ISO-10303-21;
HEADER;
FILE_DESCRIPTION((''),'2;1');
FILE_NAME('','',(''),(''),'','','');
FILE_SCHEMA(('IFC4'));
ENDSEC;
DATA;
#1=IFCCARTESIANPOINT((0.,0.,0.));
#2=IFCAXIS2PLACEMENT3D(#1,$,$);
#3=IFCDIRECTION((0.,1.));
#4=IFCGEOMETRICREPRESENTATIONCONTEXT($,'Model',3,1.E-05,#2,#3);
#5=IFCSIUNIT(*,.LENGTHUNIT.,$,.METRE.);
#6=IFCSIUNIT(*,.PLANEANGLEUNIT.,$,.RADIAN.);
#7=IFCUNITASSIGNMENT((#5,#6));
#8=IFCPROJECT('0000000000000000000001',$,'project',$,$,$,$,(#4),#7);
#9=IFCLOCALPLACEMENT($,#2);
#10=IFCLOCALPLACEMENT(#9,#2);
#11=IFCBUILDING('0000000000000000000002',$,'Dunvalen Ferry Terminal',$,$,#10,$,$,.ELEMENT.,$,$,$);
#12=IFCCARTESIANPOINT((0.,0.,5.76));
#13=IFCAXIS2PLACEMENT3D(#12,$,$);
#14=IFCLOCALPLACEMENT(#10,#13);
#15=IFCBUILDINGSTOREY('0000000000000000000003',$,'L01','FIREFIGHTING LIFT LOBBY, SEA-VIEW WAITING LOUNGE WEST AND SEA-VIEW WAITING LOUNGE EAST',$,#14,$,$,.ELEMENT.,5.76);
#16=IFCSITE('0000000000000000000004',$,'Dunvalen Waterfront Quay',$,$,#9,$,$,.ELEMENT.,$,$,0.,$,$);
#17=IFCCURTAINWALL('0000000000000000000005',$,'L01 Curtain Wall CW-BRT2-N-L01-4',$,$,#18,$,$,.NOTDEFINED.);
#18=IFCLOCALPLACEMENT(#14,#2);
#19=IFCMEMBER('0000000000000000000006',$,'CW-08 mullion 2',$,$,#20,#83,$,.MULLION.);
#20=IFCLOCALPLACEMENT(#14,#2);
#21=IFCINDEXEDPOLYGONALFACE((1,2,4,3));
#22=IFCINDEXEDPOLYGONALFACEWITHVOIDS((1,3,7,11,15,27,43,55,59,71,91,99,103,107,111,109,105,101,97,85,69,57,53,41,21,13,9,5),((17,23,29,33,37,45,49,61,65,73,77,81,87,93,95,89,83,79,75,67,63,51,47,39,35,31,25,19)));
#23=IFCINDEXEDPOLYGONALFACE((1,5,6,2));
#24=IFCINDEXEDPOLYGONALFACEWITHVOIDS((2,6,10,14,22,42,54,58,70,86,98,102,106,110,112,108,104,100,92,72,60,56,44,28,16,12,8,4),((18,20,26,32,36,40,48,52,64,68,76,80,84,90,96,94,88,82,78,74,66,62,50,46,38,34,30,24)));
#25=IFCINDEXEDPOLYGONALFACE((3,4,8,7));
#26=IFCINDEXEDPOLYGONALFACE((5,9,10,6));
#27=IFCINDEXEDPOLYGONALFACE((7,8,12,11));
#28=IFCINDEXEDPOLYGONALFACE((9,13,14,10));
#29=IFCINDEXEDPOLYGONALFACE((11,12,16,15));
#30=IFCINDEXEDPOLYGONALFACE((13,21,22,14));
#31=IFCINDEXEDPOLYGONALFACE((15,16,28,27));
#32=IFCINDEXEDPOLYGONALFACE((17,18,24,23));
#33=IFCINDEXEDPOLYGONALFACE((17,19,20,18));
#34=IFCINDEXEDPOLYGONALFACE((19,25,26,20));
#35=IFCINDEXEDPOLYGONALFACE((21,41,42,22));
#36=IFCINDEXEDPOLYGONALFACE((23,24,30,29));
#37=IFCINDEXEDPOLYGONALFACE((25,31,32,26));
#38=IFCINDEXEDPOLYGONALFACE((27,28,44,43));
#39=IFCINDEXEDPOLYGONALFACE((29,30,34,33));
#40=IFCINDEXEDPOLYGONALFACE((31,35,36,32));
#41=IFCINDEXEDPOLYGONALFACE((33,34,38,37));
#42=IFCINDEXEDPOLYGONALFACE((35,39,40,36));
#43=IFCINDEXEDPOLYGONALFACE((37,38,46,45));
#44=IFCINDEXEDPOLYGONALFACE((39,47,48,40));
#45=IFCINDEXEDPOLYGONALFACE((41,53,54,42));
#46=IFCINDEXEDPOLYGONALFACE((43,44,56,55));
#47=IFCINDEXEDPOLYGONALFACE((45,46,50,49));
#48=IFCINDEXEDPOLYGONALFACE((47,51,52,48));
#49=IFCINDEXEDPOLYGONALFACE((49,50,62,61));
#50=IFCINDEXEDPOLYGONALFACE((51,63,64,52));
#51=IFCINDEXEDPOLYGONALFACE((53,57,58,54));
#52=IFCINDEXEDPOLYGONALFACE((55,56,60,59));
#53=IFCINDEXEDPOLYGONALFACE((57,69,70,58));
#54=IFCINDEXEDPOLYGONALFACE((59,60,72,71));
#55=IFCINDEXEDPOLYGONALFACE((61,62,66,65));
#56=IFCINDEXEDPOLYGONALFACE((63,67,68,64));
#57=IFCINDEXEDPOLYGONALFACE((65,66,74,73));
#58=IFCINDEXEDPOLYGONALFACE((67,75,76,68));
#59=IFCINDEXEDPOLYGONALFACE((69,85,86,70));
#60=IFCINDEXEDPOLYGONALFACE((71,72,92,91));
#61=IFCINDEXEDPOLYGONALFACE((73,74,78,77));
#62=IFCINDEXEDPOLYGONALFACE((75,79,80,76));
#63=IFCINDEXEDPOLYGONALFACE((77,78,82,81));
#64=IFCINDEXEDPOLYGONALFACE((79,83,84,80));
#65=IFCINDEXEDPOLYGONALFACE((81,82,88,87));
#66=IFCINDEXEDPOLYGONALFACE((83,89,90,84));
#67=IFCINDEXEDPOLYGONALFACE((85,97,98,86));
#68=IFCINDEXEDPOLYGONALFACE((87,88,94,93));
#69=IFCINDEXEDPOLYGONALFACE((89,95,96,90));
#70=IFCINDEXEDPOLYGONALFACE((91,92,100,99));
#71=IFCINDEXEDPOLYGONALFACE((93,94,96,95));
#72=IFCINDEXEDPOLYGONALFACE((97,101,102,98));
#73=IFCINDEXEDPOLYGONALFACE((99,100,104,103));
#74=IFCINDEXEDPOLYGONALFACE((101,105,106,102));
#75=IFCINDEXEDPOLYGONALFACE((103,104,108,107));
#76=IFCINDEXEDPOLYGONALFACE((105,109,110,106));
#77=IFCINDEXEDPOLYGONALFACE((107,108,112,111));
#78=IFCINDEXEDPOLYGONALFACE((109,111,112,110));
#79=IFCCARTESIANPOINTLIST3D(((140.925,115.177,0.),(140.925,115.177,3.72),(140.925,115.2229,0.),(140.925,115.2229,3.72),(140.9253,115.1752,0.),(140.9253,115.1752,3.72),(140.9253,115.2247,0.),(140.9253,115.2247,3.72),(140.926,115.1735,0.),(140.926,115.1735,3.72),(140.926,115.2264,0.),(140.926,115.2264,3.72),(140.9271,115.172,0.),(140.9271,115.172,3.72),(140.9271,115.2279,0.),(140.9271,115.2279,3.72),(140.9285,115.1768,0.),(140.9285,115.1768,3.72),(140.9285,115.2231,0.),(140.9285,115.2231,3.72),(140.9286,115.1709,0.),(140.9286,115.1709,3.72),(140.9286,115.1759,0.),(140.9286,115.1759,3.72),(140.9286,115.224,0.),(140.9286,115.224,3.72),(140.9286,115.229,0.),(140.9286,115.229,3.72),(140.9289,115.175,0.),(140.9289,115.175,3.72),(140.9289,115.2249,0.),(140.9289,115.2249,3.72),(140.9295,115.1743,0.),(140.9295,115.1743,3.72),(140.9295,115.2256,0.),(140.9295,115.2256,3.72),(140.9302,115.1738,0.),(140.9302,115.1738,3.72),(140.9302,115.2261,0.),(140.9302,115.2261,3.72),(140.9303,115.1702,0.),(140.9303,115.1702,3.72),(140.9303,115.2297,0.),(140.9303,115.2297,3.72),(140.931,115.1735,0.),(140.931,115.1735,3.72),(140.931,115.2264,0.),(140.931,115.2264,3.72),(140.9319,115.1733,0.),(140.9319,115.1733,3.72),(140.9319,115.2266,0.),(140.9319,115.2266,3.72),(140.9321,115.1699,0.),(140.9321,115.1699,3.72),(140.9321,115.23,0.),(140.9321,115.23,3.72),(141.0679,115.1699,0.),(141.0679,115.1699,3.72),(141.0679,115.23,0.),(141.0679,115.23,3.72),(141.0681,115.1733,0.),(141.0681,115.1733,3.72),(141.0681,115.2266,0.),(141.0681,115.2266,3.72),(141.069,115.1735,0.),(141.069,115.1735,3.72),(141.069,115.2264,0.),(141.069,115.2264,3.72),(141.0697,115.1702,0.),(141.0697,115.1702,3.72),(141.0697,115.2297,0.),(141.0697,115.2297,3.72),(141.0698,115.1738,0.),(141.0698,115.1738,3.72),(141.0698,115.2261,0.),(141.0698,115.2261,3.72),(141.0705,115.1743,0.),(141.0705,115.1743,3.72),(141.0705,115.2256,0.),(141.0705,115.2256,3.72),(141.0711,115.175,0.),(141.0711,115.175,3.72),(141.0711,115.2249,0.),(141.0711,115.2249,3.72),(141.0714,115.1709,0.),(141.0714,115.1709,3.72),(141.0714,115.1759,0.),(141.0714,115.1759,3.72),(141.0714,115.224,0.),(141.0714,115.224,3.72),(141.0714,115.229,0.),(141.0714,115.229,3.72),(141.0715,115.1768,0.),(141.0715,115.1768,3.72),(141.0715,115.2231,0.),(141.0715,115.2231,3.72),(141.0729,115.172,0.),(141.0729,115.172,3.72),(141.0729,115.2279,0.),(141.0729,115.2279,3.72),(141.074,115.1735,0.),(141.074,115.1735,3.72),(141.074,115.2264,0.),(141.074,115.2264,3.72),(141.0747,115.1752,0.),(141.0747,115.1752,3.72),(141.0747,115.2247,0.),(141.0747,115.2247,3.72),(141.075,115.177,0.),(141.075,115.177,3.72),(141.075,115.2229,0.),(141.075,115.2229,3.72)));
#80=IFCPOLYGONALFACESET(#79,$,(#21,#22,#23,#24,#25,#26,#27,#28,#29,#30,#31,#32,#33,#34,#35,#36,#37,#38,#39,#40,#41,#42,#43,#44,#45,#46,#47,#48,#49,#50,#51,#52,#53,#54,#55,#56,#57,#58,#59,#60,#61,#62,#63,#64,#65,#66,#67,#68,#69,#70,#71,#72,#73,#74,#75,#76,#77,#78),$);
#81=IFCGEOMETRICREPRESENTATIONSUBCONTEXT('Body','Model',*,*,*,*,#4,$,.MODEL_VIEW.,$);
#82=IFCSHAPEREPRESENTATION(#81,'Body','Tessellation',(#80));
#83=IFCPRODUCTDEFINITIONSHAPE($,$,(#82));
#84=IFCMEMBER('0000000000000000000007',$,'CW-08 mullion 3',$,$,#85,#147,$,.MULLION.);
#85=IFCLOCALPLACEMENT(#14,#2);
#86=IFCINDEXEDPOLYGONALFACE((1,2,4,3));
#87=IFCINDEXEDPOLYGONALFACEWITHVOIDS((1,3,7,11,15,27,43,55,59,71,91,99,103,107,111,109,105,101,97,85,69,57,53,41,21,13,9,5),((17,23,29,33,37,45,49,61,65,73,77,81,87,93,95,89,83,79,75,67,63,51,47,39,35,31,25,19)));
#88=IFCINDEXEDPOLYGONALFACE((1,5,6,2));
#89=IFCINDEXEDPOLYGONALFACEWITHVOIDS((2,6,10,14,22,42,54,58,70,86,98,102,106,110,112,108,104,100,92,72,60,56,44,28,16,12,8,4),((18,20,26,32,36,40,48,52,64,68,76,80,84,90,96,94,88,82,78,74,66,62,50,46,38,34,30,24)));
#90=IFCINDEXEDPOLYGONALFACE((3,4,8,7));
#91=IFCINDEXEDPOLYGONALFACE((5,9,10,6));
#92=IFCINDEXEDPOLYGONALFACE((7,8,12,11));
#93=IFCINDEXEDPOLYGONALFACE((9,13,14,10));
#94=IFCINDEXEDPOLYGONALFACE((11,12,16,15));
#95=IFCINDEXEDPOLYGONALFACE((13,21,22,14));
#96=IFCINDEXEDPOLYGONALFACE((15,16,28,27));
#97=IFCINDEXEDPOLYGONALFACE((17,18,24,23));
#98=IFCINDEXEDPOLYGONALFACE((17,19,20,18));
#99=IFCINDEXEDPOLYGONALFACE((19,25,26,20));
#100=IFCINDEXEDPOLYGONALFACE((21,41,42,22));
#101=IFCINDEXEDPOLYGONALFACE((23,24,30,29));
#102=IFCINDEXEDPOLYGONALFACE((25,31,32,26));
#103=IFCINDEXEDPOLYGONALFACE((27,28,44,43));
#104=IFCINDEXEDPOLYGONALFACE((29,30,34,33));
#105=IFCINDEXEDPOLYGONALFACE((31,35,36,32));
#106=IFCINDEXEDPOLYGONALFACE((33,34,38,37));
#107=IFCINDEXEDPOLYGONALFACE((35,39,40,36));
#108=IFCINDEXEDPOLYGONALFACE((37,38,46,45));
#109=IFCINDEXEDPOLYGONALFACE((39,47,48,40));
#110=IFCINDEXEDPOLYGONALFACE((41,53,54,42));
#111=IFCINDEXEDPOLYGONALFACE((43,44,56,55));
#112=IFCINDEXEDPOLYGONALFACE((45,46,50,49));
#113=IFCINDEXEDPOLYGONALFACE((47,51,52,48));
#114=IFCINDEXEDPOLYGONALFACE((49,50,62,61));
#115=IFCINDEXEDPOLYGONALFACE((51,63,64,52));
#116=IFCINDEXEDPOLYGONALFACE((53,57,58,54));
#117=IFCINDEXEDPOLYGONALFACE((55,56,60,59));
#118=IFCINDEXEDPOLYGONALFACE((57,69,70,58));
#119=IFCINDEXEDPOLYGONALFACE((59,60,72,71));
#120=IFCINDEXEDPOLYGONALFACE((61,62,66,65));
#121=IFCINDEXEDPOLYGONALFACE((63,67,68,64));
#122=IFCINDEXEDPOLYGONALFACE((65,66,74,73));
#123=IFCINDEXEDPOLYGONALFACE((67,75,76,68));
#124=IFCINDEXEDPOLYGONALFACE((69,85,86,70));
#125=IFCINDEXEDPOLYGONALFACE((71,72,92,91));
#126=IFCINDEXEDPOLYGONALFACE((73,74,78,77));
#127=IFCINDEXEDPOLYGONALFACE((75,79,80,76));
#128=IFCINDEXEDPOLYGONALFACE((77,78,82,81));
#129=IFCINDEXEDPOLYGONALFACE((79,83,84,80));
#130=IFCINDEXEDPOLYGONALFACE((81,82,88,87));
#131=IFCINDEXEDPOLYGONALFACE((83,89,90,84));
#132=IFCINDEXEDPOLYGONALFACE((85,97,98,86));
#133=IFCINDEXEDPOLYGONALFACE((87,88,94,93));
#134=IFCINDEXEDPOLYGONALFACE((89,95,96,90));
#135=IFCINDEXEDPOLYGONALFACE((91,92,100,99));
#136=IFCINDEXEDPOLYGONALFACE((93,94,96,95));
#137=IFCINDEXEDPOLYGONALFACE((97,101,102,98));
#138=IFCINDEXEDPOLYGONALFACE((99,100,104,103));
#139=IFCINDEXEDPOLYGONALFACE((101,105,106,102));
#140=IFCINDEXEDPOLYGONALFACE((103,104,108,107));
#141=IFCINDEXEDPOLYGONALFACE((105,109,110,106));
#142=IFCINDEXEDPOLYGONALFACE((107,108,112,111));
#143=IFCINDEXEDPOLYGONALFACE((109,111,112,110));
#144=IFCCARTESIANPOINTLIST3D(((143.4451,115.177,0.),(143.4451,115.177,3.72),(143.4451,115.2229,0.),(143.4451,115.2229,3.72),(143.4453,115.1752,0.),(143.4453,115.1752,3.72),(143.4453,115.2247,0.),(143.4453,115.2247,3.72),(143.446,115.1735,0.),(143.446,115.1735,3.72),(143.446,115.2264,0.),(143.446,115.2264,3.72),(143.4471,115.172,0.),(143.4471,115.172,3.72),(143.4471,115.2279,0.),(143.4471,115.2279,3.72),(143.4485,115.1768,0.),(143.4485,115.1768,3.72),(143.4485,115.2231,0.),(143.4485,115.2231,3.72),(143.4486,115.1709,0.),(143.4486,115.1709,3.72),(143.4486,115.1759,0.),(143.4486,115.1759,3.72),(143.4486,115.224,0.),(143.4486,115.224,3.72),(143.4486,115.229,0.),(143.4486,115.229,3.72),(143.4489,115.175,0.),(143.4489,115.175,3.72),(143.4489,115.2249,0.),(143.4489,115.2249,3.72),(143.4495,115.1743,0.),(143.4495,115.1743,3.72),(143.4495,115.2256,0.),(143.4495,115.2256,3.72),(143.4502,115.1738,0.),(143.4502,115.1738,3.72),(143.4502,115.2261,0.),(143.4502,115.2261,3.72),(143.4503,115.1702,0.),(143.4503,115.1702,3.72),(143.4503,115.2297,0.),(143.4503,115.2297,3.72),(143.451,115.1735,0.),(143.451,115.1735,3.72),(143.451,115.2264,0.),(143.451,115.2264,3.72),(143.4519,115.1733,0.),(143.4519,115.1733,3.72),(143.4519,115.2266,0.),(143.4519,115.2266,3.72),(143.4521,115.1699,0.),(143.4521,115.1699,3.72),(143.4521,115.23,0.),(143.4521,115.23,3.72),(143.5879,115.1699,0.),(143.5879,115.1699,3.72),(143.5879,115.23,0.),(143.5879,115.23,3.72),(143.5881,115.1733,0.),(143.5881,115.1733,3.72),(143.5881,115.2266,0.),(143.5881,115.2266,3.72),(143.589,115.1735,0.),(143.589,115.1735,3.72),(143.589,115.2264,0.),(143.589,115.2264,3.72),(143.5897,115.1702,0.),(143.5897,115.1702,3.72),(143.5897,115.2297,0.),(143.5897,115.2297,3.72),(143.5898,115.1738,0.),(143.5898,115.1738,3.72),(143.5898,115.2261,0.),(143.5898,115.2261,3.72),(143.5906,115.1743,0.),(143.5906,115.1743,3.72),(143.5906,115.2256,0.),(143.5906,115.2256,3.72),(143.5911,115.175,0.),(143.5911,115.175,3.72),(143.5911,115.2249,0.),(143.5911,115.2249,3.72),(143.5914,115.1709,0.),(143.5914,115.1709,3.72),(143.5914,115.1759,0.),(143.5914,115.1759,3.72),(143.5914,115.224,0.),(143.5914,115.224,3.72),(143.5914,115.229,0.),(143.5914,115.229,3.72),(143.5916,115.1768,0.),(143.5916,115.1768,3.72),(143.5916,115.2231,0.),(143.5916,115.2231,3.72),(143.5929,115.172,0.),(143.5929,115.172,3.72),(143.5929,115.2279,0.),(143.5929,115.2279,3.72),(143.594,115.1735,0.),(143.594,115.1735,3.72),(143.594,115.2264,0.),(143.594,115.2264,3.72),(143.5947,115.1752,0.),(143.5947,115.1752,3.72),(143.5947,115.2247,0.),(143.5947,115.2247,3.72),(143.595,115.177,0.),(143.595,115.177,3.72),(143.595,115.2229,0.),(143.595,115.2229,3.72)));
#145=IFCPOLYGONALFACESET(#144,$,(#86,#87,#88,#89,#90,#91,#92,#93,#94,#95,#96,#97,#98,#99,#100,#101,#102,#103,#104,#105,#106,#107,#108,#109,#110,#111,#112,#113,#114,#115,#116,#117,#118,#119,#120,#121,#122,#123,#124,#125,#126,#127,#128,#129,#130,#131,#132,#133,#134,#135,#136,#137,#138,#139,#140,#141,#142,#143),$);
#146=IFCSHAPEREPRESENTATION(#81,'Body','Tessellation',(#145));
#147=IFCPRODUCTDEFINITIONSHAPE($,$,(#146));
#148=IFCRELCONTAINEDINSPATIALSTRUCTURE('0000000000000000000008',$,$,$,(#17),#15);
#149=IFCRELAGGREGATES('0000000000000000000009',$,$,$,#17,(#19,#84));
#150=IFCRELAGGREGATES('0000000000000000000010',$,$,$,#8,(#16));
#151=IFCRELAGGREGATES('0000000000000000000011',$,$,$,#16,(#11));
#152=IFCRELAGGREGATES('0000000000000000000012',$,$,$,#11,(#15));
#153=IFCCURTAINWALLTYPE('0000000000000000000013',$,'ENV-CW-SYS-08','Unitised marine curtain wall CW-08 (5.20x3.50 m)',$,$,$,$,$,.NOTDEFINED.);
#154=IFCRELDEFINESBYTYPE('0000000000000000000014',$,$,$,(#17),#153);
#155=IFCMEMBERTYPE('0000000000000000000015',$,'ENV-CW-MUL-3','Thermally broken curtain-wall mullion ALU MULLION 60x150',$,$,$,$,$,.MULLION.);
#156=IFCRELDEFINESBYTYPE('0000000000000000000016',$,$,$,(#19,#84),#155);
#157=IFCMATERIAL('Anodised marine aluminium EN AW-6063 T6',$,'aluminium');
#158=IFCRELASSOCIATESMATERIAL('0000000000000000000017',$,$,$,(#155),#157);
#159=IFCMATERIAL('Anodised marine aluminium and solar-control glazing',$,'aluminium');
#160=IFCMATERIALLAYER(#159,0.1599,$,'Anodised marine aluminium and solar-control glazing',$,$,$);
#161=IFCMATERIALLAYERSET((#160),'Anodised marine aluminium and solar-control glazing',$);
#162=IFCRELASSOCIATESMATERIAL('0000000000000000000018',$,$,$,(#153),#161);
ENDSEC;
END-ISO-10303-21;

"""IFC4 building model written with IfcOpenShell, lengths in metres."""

from ifc_helpers import new_model, si_unit, direction, frame, origin, origin_2d, place, context, subcontext, project, spatial, hollow_rectangle, extrude, material, layer, layer_set, material_profile, profile_set, type_object, element, aggregate, save


model = new_model("IFC4")

# Units and contexts
model_context = context("Model", 3, precision=1e-05, world=origin(), true_north=direction((0.0, 1.0)))
body_context = subcontext(model_context, "Body", "Model", "MODEL_VIEW")
ifc_project = project(units=[si_unit("LENGTHUNIT", "METRE"), si_unit("PLANEANGLEUNIT", "RADIAN")], contexts=[model_context])

# Site, building, storey
site_placement = place(None, origin())
site = spatial("IfcSite", under=ifc_project, at=site_placement, Name="Dunvalen Waterfront Quay", CompositionType="ELEMENT", RefElevation=0.0)
building_placement = place(site_placement, origin())
building = spatial("IfcBuilding", under=site, at=building_placement, Name="Dunvalen Ferry Terminal", CompositionType="ELEMENT")
storey_placement = place(building_placement, frame((0.0, 0.0, 5.76)))
storey = spatial("IfcBuildingStorey", under=building, at=storey_placement, Name="L01", Description="FIREFIGHTING LIFT LOBBY, SEA-VIEW WAITING LOUNGE WEST AND SEA-VIEW WAITING LOUNGE EAST", CompositionType="ELEMENT", Elevation=5.76)

# Curtain wall, members
ifc_material_1 = material(Name="Anodised marine aluminium and solar-control glazing", Category="aluminium")
ifc_material_2 = material(Name="Anodised marine aluminium EN AW-6063 T6", Category="aluminium")
ifc_material_profile_1 = material_profile(ifc_material_2, hollow_rectangle(XDim=0.0601, YDim=0.1499, WallThickness=0.0034, InnerFilletRadius=0.0034, OuterFilletRadius=0.0071, at=origin_2d()), Name="Anodised marine aluminium EN AW-6063 T6")
ifc_profile_set_1 = profile_set([ifc_material_profile_1], Name="Anodised marine aluminium EN AW-6063 T6")
member_type_1 = type_object("IfcMemberType", Name="ENV-CW-MUL-3", Description="Thermally broken curtain-wall mullion ALU MULLION 60x150", PredefinedType="MULLION", material=ifc_profile_set_1)
ifc_layer_1 = layer(ifc_material_1, 0.1599, Name="Anodised marine aluminium and solar-control glazing")
ifc_layer_set_1 = layer_set([ifc_layer_1], Name="Anodised marine aluminium and solar-control glazing")
curtain_wall_type_1 = type_object("IfcCurtainWallType", Name="ENV-CW-SYS-08", Description="Unitised marine curtain wall CW-08 (5.20x3.50 m)", PredefinedType="NOTDEFINED", material=ifc_layer_set_1)
curtain_wall_1_placement = place(storey_placement, origin())
curtain_wall_1 = element("IfcCurtainWall", 1, at=curtain_wall_1_placement, inside=storey, type_object=curtain_wall_type_1, Name="L01 Curtain Wall CW-BRT2-N-L01-4", PredefinedType="NOTDEFINED")
member_1_placement = place(storey_placement, frame((141.0, 115.2, 0.0), z_axis=(0.0, 0.0, 1.0), x_axis=(0.0, 1.0, 0.0)))
member_1 = element("IfcMember", 2, at=member_1_placement, type_object=member_type_1, Name="CW-08 mullion 2", PredefinedType="MULLION", context=body_context, shape_type="SweptSolid", body=[
    extrude(hollow_rectangle(XDim=0.0601, YDim=0.1499, WallThickness=0.0034, InnerFilletRadius=0.0034, OuterFilletRadius=0.0071, at=origin_2d()), origin(), (0.0, 0.0, 1.0), 3.72),
])
member_2_placement = place(storey_placement, frame((143.52, 115.2, 0.0), z_axis=(0.0, 0.0, 1.0), x_axis=(0.0, 1.0, 0.0)))
member_2 = element("IfcMember", 3, at=member_2_placement, type_object=member_type_1, Name="CW-08 mullion 3", PredefinedType="MULLION", context=body_context, shape_type="SweptSolid", body=[
    extrude(hollow_rectangle(XDim=0.0601, YDim=0.1499, WallThickness=0.0034, InnerFilletRadius=0.0034, OuterFilletRadius=0.0071, at=origin_2d()), origin(), (0.0, 0.0, 1.0), 3.72),
])

aggregate(curtain_wall_1, [member_1, member_2])

save(model, "model.ifc")
